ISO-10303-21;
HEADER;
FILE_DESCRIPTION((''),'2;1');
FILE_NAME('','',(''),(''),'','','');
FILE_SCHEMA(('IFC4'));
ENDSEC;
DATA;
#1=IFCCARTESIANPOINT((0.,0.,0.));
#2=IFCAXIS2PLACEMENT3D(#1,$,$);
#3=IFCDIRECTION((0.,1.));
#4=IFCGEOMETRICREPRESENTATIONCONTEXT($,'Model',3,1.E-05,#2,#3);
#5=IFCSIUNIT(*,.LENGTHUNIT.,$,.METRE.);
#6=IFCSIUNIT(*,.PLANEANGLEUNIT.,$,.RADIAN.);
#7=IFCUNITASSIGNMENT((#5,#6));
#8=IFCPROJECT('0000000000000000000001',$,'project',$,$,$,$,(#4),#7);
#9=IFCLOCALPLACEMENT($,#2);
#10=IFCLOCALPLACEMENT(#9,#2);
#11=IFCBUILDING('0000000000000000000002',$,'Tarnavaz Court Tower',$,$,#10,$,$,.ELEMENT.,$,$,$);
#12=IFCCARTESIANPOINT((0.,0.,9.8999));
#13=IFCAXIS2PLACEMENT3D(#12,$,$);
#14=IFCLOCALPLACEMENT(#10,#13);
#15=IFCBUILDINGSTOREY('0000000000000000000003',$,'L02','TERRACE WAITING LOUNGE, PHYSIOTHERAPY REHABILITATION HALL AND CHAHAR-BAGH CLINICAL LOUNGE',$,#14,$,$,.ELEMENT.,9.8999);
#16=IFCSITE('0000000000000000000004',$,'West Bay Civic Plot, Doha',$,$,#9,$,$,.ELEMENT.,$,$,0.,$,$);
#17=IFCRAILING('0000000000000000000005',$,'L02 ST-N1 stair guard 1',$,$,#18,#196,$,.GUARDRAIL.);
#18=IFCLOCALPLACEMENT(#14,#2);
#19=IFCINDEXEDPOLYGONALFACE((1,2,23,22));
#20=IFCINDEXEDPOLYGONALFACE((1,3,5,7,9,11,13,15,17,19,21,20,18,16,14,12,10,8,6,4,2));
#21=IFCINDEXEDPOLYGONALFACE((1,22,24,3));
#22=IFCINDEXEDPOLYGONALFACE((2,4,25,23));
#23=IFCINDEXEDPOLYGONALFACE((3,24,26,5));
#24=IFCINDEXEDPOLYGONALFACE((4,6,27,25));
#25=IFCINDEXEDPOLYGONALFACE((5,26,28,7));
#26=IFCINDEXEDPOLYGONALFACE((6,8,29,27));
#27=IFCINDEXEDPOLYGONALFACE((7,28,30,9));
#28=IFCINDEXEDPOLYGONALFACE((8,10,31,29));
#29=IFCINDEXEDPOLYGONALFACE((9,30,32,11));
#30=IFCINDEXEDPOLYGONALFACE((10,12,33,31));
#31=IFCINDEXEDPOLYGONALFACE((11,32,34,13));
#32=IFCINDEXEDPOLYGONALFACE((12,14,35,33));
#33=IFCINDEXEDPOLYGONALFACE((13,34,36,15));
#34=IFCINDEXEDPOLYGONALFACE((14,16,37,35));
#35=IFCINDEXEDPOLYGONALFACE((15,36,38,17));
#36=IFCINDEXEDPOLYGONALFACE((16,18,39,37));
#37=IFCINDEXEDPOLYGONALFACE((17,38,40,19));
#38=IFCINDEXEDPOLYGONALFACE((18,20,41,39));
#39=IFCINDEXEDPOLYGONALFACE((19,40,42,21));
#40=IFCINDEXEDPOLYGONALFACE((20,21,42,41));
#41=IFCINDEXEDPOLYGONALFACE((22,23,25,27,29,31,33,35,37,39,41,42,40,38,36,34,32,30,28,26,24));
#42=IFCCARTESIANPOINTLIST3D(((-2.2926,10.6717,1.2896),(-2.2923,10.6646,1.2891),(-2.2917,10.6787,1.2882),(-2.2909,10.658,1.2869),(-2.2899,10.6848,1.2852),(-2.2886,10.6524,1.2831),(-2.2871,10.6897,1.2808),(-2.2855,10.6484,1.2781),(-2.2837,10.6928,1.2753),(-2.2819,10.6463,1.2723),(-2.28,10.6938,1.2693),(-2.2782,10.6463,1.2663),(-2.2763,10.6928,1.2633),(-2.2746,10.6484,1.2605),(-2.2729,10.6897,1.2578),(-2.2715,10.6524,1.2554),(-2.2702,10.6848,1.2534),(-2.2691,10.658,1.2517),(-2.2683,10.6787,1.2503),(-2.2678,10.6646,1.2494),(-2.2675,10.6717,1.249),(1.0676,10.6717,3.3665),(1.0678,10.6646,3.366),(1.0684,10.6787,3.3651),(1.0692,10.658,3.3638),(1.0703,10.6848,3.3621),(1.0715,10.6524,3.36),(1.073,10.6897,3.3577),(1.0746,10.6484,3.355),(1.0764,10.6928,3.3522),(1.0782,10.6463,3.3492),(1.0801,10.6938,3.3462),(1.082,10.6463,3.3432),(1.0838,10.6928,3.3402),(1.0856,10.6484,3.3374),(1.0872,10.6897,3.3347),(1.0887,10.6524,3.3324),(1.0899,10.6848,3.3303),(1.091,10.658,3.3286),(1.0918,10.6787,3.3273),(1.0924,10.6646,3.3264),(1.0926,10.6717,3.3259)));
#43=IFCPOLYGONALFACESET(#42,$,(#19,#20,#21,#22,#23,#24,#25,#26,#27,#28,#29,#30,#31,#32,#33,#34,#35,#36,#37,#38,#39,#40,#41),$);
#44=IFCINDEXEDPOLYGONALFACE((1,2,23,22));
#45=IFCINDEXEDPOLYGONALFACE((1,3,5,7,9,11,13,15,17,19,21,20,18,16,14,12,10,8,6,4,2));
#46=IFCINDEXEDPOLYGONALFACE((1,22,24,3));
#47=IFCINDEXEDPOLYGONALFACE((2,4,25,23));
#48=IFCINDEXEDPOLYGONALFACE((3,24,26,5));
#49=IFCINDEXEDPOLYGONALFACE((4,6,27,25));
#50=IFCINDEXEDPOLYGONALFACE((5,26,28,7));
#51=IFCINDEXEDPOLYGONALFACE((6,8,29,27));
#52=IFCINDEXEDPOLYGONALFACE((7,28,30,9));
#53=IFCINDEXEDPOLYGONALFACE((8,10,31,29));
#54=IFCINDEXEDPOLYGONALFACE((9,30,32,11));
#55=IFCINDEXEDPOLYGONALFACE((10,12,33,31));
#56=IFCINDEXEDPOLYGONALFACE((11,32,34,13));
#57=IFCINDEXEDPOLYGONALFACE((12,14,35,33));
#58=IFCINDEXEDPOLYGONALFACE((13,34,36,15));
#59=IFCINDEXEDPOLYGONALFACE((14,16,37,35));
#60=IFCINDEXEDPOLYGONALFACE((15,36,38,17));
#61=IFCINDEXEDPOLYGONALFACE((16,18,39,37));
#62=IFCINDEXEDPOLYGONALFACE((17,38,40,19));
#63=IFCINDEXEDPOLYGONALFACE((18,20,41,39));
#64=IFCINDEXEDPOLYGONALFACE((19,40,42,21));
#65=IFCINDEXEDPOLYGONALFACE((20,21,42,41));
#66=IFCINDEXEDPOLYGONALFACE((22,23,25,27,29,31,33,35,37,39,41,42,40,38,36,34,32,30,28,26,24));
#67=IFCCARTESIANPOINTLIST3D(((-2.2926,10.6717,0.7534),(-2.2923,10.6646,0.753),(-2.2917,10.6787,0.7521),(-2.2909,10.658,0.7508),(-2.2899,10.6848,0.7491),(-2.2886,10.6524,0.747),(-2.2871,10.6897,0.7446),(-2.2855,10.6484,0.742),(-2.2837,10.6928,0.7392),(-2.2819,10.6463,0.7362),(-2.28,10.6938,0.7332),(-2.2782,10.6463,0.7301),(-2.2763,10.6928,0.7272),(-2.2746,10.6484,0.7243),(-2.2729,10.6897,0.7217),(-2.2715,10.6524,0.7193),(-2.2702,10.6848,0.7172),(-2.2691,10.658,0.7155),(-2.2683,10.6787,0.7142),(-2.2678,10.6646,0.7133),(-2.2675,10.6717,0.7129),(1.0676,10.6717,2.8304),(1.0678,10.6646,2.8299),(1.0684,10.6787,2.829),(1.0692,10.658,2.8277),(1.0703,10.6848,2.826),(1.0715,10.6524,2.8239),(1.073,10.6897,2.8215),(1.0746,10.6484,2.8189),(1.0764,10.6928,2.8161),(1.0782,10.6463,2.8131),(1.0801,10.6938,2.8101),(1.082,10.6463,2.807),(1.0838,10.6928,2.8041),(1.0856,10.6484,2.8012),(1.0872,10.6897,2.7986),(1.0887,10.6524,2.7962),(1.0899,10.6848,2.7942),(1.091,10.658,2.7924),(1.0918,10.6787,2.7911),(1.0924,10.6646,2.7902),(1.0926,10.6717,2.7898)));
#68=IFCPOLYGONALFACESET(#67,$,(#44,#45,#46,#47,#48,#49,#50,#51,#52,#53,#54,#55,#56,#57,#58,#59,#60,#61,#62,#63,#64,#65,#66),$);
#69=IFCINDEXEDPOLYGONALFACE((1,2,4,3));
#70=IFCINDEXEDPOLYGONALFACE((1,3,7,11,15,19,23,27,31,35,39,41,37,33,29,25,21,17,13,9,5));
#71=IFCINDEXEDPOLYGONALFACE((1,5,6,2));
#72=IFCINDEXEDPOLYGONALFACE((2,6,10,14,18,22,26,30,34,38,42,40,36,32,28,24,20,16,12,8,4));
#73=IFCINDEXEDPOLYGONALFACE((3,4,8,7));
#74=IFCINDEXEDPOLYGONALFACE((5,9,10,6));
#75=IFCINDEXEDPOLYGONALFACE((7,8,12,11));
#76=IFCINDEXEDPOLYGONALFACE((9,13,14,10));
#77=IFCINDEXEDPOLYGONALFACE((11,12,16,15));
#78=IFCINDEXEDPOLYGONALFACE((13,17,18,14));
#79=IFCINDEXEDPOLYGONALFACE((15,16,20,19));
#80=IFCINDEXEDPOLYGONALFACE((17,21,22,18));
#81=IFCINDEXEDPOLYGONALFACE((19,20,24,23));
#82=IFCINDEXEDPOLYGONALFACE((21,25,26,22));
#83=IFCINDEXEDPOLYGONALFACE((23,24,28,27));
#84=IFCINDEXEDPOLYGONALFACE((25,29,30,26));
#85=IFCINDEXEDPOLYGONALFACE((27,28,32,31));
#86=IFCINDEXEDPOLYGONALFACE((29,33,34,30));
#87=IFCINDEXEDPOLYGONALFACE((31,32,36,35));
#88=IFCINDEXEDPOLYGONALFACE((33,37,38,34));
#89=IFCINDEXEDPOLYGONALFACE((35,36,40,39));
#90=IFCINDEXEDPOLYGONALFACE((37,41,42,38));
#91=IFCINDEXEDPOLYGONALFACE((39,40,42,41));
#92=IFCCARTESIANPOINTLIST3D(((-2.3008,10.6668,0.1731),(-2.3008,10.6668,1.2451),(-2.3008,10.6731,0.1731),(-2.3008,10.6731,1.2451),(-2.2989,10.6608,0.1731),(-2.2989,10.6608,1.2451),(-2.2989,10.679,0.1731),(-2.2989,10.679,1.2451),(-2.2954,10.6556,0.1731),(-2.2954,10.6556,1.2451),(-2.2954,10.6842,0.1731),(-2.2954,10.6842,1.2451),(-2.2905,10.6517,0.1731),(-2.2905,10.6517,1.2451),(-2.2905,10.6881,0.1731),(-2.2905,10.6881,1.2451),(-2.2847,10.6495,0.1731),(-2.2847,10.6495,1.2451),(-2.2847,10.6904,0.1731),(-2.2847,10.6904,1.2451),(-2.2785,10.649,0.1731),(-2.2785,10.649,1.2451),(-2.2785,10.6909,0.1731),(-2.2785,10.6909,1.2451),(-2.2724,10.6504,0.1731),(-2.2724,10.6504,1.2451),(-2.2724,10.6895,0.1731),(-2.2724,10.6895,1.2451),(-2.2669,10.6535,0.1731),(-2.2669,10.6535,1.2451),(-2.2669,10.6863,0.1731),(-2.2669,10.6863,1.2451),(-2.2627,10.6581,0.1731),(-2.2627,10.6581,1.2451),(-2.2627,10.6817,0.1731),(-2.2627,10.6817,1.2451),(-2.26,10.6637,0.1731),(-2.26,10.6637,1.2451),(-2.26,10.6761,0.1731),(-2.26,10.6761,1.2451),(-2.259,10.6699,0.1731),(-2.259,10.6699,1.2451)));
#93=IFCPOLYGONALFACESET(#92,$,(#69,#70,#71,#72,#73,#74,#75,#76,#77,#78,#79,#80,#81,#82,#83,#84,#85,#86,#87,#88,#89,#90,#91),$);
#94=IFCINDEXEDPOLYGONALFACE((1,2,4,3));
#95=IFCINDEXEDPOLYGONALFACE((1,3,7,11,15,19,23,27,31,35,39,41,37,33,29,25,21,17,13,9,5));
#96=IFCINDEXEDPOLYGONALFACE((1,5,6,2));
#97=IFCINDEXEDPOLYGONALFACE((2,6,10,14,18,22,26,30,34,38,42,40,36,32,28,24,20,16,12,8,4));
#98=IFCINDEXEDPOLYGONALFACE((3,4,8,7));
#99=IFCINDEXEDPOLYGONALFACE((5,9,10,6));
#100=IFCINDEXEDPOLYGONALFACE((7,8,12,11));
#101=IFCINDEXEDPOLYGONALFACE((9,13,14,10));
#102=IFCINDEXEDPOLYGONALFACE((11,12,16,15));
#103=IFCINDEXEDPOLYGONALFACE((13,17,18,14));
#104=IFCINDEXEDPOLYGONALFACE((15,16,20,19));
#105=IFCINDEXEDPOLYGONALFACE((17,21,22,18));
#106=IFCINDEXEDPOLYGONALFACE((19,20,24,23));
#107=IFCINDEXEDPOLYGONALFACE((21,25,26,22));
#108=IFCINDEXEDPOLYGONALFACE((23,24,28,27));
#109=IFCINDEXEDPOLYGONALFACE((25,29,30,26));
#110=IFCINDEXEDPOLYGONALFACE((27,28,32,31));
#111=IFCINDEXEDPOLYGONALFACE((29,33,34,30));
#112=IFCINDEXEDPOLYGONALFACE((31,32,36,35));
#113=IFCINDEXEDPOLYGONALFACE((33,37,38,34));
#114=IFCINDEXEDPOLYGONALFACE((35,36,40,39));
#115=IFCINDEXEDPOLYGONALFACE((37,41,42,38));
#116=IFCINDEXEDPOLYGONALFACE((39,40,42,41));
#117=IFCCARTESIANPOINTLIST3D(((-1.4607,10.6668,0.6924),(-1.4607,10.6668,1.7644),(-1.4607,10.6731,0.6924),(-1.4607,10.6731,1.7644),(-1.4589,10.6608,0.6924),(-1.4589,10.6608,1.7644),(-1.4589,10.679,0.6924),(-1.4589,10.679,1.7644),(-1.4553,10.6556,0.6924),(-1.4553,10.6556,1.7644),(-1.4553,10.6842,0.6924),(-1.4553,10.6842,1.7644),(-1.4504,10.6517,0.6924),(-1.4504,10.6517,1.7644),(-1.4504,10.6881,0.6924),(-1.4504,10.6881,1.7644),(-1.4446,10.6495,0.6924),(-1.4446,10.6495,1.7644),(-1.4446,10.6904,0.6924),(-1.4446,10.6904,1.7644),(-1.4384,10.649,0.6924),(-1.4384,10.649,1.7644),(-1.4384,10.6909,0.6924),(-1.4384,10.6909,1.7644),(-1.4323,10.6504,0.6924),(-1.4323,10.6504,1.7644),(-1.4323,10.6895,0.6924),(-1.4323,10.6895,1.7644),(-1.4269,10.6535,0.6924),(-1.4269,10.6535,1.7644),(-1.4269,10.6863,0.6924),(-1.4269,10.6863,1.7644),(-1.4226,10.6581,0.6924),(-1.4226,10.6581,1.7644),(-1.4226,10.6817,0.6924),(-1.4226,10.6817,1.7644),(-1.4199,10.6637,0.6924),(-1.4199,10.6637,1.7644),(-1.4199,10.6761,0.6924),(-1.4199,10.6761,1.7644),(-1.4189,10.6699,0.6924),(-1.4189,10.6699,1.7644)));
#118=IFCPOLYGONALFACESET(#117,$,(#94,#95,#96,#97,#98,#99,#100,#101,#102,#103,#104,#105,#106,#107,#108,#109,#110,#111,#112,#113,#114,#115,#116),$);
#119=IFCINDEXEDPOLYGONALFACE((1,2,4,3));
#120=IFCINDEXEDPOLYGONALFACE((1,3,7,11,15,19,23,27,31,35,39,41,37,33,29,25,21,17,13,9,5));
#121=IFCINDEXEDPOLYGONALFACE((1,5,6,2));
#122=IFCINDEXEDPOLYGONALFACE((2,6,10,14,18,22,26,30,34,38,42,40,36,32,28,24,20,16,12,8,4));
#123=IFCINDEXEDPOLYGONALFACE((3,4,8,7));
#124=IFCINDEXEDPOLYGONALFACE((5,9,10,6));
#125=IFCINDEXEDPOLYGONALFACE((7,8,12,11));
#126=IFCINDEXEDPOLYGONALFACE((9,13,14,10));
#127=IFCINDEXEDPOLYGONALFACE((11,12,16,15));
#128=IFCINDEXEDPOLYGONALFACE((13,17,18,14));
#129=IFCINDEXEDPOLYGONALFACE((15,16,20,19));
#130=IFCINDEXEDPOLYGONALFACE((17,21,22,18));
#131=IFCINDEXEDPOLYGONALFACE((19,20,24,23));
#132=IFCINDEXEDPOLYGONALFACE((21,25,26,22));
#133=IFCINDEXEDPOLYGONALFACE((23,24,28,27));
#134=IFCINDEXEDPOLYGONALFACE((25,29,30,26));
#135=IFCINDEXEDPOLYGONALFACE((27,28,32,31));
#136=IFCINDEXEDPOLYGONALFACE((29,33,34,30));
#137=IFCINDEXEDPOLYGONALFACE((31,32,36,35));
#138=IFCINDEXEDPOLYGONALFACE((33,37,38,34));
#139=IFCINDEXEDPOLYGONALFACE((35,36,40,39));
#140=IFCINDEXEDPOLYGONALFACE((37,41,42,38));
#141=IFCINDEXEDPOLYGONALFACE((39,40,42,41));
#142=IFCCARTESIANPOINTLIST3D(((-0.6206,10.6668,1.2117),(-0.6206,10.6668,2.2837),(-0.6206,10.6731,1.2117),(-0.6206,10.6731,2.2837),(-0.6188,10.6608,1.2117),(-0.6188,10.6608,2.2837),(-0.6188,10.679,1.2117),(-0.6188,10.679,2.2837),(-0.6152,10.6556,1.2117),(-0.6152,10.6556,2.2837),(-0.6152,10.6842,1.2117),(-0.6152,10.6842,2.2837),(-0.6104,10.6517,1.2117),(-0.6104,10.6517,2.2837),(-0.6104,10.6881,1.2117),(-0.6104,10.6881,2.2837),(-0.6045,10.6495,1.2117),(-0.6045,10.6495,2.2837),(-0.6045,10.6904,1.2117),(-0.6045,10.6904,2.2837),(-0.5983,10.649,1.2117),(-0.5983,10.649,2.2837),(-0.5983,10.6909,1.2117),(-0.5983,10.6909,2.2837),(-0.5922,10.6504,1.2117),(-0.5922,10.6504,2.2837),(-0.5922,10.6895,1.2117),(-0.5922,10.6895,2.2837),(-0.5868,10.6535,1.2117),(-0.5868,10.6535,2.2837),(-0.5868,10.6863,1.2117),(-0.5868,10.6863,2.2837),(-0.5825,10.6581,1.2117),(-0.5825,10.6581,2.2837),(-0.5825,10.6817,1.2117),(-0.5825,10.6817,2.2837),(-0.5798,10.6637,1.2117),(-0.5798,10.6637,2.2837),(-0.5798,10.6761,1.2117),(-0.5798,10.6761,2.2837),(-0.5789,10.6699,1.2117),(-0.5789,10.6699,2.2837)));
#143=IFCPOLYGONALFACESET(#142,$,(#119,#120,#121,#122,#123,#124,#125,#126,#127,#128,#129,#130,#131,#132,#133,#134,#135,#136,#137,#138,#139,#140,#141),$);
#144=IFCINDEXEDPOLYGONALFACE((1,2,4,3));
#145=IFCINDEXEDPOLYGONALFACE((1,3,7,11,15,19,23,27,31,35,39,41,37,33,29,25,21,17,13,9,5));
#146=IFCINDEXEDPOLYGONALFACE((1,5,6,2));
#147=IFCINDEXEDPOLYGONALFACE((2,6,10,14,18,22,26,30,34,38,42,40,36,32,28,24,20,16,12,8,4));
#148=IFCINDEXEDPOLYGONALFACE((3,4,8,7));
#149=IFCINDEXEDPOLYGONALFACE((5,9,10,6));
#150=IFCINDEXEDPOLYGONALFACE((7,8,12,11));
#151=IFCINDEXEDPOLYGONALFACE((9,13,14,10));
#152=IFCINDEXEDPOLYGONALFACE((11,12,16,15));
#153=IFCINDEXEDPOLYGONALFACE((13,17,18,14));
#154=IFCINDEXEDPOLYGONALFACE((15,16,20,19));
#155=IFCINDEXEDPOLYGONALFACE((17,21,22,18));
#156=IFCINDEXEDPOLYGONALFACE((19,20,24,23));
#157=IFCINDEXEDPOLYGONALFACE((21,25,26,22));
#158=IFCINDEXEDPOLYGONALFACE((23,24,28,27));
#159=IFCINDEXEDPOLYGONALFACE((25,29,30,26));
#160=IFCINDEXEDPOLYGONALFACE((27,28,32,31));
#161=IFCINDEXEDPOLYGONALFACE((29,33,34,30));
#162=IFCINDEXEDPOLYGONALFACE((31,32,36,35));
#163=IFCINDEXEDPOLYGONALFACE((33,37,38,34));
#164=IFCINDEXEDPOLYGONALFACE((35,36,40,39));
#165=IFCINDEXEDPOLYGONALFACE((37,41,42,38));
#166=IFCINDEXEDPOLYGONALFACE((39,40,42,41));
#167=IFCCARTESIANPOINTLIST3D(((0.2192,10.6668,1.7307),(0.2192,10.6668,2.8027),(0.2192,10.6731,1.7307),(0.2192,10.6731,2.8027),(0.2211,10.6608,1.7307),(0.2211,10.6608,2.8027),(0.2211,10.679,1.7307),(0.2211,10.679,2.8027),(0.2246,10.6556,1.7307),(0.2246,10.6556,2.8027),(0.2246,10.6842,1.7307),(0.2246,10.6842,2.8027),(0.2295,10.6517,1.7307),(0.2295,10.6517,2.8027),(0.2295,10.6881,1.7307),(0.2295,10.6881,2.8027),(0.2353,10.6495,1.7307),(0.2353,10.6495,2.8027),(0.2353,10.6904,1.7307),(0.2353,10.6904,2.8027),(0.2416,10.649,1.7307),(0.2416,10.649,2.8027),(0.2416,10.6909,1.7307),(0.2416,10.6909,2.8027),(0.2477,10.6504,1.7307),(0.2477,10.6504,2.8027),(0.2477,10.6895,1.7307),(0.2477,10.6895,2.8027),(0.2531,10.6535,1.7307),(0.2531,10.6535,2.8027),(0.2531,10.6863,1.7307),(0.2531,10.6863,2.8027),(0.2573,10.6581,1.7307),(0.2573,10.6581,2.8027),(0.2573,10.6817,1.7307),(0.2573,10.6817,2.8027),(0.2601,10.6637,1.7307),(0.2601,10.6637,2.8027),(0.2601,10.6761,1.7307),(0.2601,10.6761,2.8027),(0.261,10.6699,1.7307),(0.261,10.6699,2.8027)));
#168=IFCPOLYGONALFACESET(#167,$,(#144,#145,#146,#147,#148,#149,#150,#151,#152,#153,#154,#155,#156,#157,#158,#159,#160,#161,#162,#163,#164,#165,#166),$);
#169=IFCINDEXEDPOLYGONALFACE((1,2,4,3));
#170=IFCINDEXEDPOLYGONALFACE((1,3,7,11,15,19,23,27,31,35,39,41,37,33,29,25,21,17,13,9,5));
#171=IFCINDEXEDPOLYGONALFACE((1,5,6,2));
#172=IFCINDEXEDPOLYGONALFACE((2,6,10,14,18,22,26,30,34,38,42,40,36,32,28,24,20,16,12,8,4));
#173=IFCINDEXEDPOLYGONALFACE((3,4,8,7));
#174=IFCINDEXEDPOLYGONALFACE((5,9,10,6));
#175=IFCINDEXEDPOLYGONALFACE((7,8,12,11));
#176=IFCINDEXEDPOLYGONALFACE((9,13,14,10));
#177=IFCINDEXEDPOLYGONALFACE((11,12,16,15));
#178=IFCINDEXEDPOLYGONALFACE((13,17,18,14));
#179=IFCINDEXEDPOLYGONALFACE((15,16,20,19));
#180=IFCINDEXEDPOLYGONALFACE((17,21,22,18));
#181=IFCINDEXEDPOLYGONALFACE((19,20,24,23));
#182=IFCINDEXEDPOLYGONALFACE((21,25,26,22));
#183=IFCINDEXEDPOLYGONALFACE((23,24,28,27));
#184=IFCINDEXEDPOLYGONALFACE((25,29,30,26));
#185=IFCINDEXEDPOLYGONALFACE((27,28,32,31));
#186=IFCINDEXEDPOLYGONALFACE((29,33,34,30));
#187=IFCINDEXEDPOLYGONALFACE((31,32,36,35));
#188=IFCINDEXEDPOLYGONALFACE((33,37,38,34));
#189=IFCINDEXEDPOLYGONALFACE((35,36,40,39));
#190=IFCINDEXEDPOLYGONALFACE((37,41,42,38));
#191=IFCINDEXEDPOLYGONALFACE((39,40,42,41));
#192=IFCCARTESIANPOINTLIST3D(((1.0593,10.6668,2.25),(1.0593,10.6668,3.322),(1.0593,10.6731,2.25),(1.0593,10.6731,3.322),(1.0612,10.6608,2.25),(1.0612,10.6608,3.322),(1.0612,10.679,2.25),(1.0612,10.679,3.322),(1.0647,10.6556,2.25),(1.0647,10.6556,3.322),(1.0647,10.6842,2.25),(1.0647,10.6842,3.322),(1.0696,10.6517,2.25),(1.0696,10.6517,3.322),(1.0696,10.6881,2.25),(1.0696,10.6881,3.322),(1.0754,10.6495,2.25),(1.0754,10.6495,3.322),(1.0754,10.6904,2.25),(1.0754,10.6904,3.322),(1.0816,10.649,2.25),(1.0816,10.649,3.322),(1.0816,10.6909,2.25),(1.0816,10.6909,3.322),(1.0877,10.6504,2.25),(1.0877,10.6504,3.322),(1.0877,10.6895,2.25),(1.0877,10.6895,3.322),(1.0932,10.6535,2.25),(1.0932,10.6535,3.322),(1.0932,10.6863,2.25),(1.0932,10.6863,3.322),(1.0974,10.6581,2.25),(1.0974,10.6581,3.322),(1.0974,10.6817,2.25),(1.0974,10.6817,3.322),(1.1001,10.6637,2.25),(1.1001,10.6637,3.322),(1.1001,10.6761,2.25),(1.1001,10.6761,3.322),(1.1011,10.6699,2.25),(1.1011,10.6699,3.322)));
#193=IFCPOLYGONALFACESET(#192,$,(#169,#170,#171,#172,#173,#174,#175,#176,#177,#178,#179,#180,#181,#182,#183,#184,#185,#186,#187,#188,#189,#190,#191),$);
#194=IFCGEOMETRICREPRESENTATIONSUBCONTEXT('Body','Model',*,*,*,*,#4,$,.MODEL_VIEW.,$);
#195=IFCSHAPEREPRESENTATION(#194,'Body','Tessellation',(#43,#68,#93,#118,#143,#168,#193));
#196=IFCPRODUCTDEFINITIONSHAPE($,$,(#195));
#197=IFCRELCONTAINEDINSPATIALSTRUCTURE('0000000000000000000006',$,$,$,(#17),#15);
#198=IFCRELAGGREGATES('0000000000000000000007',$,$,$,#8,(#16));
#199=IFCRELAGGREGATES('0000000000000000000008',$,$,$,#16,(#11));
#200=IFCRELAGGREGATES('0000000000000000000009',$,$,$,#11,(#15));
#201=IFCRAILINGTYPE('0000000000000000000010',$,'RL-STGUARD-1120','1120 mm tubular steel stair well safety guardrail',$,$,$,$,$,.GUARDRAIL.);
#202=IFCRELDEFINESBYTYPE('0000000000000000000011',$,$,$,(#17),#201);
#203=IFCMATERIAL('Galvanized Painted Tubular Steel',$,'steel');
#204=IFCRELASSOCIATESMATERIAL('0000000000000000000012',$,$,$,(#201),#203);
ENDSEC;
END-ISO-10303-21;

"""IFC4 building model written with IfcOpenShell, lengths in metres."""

from ifc_helpers import new_model, si_unit, direction, frame, origin, origin_2d, place, context, subcontext, project, spatial, circle, extrude, material, type_object, element, save


model = new_model("IFC4")

# Units and contexts
model_context = context("Model", 3, precision=1e-05, world=origin(), true_north=direction((0.0, 1.0)))
body_context = subcontext(model_context, "Body", "Model", "MODEL_VIEW")
ifc_project = project(units=[si_unit("LENGTHUNIT", "METRE"), si_unit("PLANEANGLEUNIT", "RADIAN")], contexts=[model_context])

# Site, building, storey
site_placement = place(None, origin())
site = spatial("IfcSite", under=ifc_project, at=site_placement, Name="West Bay Civic Plot, Doha", CompositionType="ELEMENT", RefElevation=0.0)
building_placement = place(site_placement, origin())
building = spatial("IfcBuilding", under=site, at=building_placement, Name="Tarnavaz Court Tower", CompositionType="ELEMENT")
storey_placement = place(building_placement, frame((0.0, 0.0, 9.8999)))
storey = spatial("IfcBuildingStorey", under=building, at=storey_placement, Name="L02", Description="TERRACE WAITING LOUNGE, PHYSIOTHERAPY REHABILITATION HALL AND CHAHAR-BAGH CLINICAL LOUNGE", CompositionType="ELEMENT", Elevation=9.8999)

# Railing
ifc_material_1 = material(Name="Galvanized Painted Tubular Steel", Category="steel")
railing_type_1 = type_object("IfcRailingType", Name="RL-STGUARD-1120", Description="1120 mm tubular steel stair well safety guardrail", PredefinedType="GUARDRAIL", material=ifc_material_1)
railing_1_placement = place(storey_placement, frame((-2.28, 10.6699, 0.1731)))
element("IfcRailing", 1, at=railing_1_placement, inside=storey, type_object=railing_type_1, Name="L02 ST-N1 stair guard 1", PredefinedType="GUARDRAIL", context=body_context, shape_type="SweptSolid", body=[
    extrude(circle(Radius=0.0239, at=origin_2d()), frame((0.0, 0.0, 1.0962), z_axis=(0.850623, 0.0, 0.525776), x_axis=(0.0, 1.0, 0.0)), (0.0, 0.0, 1.0), 3.9502),
    extrude(circle(Radius=0.0239, at=origin_2d()), frame((0.0, 0.0, 0.5601), z_axis=(0.850623, 0.0, 0.525776), x_axis=(0.0, 1.0, 0.0)), (0.0, 0.0, 1.0), 3.9502),
    extrude(circle(Radius=0.021, at=origin_2d()), origin(), (0.0, 0.0, 1.0), 1.072),
    extrude(circle(Radius=0.021, at=origin_2d()), frame((0.8401, 0.0, 0.5193)), (0.0, 0.0, 1.0), 1.072),
    extrude(circle(Radius=0.021, at=origin_2d()), frame((1.6802, 0.0, 1.0386)), (0.0, 0.0, 1.0), 1.072),
    extrude(circle(Radius=0.021, at=origin_2d()), frame((2.52, 0.0, 1.5576)), (0.0, 0.0, 1.0), 1.072),
    extrude(circle(Radius=0.021, at=origin_2d()), frame((3.3601, 0.0, 2.0769)), (0.0, 0.0, 1.0), 1.072),
])

save(model, "model.ifc")
